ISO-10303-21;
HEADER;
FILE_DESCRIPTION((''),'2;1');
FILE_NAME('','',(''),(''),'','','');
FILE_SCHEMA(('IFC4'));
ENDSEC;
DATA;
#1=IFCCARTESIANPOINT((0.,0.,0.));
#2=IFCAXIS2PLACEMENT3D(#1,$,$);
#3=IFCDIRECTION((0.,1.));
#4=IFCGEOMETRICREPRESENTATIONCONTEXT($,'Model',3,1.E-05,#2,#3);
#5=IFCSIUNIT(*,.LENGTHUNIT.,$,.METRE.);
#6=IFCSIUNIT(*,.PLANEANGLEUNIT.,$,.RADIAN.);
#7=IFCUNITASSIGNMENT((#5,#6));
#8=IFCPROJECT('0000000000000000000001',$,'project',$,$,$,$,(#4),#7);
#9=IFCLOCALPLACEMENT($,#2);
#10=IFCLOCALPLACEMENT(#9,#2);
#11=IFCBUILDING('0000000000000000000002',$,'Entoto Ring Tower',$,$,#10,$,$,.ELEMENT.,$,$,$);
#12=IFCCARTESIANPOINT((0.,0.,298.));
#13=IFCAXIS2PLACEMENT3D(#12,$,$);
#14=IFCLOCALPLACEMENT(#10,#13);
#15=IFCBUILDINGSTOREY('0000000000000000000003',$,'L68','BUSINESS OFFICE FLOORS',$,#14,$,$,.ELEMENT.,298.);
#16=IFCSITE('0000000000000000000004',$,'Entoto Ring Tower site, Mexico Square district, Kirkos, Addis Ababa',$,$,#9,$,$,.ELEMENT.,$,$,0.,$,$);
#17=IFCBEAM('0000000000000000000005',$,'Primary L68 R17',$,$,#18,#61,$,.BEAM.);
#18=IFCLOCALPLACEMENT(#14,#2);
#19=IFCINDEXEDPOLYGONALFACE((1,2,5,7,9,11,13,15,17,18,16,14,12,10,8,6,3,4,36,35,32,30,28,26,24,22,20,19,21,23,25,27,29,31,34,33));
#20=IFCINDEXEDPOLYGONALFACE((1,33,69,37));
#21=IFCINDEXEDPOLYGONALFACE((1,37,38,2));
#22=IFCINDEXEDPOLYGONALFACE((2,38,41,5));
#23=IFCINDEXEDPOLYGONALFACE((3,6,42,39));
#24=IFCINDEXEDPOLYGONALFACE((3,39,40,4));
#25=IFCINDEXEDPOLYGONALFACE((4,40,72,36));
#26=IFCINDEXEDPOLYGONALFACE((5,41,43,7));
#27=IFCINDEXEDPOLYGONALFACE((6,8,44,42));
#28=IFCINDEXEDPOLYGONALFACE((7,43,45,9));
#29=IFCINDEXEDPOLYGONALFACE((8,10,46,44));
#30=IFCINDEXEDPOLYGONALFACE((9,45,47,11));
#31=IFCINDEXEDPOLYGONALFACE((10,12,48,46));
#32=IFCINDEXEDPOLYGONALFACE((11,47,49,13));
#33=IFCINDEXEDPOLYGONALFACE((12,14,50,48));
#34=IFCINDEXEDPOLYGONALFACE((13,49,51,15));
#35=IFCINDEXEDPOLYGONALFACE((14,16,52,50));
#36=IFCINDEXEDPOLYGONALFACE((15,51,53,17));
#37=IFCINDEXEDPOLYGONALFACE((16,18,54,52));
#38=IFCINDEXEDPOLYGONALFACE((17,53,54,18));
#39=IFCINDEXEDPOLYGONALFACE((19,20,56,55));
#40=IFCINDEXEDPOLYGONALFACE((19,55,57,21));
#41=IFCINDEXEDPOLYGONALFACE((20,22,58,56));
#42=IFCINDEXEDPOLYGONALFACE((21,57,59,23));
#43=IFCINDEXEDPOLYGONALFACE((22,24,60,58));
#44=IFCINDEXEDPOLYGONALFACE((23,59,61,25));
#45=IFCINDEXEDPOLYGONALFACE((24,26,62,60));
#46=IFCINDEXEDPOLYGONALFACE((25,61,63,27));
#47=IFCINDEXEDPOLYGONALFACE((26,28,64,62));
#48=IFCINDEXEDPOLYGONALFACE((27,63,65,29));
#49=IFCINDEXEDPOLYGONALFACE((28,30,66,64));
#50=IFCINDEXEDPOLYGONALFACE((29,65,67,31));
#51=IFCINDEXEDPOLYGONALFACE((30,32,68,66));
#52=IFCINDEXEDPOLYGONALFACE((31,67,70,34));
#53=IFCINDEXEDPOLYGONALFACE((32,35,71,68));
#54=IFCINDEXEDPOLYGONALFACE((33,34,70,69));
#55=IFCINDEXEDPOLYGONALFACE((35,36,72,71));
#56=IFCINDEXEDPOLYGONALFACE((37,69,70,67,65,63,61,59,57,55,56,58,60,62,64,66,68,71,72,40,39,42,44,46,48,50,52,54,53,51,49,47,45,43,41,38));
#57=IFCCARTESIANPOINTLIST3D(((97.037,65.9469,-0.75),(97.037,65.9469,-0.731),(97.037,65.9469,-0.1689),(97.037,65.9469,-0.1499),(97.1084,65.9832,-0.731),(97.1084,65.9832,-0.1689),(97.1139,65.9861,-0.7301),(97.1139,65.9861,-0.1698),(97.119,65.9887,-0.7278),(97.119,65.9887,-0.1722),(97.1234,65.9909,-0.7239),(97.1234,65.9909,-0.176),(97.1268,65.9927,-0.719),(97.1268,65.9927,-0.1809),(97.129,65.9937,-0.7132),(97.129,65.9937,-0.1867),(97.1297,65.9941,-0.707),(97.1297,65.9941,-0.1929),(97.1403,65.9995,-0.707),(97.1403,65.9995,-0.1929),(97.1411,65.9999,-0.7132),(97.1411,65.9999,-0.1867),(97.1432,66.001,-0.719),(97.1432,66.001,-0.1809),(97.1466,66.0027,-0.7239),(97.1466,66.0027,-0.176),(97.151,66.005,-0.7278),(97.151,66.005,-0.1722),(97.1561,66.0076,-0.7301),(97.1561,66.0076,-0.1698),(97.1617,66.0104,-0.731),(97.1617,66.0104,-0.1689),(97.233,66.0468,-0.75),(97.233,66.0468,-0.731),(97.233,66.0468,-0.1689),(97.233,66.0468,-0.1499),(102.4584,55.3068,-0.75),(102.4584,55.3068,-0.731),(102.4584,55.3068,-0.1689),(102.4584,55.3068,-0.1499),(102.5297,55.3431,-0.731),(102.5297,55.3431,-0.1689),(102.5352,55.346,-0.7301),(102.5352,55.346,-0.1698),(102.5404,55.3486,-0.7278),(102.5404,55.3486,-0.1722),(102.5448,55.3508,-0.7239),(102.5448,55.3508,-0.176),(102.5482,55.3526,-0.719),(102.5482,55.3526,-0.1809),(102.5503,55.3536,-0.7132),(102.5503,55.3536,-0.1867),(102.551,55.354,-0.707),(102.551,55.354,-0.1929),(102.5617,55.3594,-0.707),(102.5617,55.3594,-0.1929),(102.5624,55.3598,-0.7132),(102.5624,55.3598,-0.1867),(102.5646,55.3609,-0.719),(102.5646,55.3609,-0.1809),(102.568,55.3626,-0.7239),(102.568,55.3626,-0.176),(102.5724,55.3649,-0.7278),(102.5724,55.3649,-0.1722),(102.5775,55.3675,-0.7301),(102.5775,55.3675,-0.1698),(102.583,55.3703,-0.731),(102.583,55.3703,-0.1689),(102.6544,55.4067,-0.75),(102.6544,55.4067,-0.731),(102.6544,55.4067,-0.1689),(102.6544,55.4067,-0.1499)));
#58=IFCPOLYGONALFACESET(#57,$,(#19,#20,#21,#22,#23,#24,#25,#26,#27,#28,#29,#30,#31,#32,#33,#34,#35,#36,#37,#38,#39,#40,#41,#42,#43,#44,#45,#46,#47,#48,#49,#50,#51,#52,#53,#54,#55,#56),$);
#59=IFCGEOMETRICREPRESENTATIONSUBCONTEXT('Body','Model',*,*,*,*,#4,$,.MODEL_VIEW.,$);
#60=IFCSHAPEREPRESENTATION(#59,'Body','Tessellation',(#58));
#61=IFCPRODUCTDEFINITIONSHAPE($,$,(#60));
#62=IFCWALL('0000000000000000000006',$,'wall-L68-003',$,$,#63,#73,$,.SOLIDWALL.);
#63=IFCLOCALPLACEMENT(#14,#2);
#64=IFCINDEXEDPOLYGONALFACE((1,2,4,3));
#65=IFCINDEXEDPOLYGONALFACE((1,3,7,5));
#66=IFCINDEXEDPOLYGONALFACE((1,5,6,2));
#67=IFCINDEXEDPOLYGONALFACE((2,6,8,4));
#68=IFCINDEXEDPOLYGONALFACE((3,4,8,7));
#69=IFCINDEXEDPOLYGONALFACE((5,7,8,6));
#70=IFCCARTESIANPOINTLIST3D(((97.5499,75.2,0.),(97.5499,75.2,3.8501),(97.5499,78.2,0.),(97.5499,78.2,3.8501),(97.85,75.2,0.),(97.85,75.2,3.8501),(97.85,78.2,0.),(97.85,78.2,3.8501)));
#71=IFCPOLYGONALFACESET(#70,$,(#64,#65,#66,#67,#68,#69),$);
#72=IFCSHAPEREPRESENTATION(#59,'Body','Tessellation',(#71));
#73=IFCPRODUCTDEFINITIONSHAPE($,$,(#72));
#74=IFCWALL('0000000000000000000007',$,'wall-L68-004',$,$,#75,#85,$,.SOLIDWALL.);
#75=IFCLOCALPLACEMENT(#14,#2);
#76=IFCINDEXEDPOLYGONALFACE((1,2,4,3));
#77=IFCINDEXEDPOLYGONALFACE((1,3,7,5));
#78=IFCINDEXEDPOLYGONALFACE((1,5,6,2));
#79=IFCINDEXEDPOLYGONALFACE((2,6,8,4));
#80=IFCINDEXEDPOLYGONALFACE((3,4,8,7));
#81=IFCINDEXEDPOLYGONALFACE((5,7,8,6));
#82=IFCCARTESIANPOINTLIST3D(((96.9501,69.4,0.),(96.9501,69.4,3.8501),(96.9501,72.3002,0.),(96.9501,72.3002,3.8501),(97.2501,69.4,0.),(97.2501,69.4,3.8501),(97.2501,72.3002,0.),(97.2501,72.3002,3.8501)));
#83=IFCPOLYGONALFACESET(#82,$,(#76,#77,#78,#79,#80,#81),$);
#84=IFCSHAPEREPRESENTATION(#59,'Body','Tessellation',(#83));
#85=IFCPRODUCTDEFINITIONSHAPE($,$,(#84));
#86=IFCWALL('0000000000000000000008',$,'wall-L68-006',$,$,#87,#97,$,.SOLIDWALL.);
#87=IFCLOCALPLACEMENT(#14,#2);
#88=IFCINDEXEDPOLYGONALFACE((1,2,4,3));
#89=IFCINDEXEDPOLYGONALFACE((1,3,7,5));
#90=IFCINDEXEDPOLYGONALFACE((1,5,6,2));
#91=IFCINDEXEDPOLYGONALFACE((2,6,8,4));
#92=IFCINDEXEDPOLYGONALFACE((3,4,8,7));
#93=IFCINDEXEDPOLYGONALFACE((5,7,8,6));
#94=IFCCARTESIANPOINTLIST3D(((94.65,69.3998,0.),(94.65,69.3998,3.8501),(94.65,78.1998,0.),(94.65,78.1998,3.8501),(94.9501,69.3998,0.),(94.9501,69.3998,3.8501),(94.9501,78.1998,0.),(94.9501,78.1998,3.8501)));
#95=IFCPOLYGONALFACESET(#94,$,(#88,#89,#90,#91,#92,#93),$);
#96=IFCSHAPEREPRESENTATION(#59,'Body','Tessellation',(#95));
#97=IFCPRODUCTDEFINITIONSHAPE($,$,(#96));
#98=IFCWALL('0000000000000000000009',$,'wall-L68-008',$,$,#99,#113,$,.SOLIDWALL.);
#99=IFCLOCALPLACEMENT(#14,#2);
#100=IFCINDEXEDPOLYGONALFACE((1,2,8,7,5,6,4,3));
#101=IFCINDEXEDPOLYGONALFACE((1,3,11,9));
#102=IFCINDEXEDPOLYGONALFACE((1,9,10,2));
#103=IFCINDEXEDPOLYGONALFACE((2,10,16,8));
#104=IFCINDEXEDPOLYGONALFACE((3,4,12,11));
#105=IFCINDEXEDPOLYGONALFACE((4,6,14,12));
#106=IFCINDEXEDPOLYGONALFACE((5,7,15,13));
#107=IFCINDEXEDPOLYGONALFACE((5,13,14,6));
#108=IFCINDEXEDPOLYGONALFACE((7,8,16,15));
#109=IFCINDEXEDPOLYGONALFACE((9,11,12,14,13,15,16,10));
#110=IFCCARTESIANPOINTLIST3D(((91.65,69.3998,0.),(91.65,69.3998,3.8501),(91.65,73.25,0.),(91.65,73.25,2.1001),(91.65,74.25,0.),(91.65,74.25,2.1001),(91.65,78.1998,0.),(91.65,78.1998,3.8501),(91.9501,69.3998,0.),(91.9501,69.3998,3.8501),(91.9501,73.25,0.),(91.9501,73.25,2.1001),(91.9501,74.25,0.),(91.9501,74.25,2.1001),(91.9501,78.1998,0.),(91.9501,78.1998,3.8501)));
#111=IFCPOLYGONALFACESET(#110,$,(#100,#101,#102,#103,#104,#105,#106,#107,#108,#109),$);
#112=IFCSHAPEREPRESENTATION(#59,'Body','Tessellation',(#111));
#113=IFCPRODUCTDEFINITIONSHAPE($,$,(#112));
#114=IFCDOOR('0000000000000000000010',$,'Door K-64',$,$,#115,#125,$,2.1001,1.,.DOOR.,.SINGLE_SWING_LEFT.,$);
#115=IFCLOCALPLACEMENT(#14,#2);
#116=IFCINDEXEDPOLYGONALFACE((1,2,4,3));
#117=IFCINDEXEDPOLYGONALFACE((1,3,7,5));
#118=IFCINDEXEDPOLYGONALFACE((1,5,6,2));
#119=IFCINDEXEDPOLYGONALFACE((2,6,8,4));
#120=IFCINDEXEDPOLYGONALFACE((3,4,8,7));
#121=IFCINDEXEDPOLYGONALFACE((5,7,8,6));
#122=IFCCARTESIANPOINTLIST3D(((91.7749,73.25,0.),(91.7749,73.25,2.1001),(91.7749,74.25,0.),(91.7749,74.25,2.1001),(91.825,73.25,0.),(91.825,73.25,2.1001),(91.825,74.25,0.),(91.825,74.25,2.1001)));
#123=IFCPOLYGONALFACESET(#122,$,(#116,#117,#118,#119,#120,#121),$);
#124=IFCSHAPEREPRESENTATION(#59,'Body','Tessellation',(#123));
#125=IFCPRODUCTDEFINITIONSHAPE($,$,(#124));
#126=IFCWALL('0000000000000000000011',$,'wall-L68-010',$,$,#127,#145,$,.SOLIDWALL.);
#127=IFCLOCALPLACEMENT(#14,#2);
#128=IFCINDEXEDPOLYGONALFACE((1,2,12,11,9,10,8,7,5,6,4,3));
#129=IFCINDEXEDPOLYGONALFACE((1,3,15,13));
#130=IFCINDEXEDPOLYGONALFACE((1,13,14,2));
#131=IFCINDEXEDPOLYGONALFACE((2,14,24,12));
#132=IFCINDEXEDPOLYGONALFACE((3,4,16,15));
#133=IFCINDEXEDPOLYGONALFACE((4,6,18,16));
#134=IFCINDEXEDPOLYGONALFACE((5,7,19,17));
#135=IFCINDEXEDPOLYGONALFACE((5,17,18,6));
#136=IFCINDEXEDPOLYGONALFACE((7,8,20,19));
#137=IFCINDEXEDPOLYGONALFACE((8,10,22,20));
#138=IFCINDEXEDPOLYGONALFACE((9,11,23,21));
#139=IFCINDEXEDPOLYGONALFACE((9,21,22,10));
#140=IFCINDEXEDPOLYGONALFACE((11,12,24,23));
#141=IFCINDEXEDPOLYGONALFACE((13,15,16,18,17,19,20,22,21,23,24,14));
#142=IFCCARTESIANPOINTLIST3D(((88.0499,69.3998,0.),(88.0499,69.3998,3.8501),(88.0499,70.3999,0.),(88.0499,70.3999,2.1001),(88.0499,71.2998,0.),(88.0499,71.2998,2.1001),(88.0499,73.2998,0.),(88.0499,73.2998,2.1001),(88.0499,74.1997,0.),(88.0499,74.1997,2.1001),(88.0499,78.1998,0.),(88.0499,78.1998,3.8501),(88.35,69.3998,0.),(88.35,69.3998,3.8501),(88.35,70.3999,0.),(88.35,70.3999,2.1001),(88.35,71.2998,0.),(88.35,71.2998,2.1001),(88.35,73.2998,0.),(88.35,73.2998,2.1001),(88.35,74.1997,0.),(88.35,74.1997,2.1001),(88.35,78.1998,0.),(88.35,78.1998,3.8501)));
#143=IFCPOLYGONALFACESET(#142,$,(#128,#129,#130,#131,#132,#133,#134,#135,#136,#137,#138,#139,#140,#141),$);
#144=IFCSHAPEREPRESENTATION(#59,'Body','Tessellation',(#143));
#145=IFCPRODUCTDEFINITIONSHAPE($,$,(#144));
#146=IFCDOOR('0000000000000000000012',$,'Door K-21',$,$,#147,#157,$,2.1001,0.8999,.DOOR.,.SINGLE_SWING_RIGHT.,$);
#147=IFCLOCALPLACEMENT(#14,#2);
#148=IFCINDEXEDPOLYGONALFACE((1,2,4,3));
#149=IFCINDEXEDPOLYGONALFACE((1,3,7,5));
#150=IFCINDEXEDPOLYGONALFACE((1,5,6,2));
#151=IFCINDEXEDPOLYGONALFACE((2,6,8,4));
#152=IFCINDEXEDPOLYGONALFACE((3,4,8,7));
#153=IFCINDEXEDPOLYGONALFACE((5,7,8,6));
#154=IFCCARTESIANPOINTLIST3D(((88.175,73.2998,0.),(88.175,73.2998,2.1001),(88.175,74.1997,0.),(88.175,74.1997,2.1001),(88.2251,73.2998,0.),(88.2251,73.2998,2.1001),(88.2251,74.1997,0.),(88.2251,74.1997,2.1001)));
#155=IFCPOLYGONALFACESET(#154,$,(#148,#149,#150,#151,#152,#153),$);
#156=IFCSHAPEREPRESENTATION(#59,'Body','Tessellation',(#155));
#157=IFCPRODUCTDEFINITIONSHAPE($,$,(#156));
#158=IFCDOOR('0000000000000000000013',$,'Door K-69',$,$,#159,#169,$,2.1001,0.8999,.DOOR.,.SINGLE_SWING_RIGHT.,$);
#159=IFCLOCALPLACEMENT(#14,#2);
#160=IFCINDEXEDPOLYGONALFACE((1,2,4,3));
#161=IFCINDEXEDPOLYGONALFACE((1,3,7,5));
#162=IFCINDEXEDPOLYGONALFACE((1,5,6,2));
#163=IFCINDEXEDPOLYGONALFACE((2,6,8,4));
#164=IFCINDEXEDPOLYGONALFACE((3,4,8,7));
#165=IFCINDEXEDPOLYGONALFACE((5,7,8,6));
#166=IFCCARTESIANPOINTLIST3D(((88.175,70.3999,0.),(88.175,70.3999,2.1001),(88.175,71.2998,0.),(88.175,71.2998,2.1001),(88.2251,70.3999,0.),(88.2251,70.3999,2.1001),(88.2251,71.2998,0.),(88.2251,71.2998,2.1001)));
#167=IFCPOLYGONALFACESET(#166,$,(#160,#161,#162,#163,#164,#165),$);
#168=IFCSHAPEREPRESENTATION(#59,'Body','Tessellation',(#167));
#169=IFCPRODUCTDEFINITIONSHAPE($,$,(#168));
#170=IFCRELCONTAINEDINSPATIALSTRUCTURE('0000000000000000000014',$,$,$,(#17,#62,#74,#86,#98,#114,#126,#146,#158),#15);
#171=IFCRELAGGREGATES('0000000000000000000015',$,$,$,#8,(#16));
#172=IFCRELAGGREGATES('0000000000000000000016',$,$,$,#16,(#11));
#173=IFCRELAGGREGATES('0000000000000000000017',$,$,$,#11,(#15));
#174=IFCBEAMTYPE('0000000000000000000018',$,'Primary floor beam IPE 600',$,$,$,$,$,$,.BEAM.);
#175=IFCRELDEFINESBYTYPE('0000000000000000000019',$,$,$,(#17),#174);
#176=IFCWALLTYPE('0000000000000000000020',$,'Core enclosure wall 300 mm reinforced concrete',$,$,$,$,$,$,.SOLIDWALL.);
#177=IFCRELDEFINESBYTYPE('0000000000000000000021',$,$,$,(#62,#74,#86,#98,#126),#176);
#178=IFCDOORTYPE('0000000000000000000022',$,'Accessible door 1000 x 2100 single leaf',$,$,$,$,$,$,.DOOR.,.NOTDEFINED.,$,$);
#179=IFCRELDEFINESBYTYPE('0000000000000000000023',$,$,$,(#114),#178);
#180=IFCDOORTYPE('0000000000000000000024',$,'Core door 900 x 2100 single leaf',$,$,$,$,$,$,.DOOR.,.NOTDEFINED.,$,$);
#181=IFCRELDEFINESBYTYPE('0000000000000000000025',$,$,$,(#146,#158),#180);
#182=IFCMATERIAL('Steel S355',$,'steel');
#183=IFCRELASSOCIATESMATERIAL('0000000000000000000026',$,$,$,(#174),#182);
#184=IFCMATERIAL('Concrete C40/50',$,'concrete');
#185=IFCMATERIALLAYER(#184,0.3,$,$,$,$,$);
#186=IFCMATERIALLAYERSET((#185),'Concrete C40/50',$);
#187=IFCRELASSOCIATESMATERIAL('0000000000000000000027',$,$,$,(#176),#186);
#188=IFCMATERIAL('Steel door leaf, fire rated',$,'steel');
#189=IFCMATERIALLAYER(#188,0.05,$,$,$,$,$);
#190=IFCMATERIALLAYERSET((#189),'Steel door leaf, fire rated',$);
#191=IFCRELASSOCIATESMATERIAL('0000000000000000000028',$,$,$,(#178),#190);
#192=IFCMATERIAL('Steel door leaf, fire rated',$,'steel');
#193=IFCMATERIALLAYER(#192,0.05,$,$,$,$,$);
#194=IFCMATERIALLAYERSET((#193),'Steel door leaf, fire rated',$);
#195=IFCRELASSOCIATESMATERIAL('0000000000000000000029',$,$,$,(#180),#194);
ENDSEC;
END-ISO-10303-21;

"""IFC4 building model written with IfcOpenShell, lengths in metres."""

from ifc_helpers import new_model, si_unit, direction, frame, frame_2d, origin, origin_2d, place, context, subcontext, project, spatial, rectangle, i_section, extrude, material, layer, layer_set, material_profile, profile_set, type_object, element, fill, save


model = new_model("IFC4")

# Units and contexts
model_context = context("Model", 3, precision=1e-05, world=origin(), true_north=direction((0.0, 1.0)))
body_context = subcontext(model_context, "Body", "Model", "MODEL_VIEW")
ifc_project = project(units=[si_unit("LENGTHUNIT", "METRE"), si_unit("PLANEANGLEUNIT", "RADIAN")], contexts=[model_context])

# Site, building, storey
site_placement = place(None, origin())
site = spatial("IfcSite", under=ifc_project, at=site_placement, Name="Entoto Ring Tower site, Mexico Square district, Kirkos, Addis Ababa", CompositionType="ELEMENT", RefElevation=0.0)
building_placement = place(site_placement, origin())
building = spatial("IfcBuilding", under=site, at=building_placement, Name="Entoto Ring Tower", CompositionType="ELEMENT")
storey_placement = place(building_placement, frame((0.0, 0.0, 298.0)))
storey = spatial("IfcBuildingStorey", under=building, at=storey_placement, Name="L68", Description="BUSINESS OFFICE FLOORS", CompositionType="ELEMENT", Elevation=298.0)

# Beam
ifc_material_1 = material(Name="Steel S355", Category="steel")
ifc_material_profile = material_profile(ifc_material_1, i_section(OverallWidth=0.22, OverallDepth=0.6001, WebThickness=0.012, FlangeThickness=0.019, FilletRadius=0.0239, at=origin_2d()), Name="IPE 600")
ifc_profile_set = profile_set([ifc_material_profile], Name="Steel S355")
beam_type = type_object("IfcBeamType", Name="Primary floor beam IPE 600", PredefinedType="BEAM", material=ifc_profile_set)
beam_placement = place(storey_placement, frame((97.135, 65.9968, -0.45), z_axis=(0.453988, -0.891008, 0.0), x_axis=(0.891008, 0.453988, 0.0)))
element("IfcBeam", 1, at=beam_placement, inside=storey, type_object=beam_type, Name="Primary L68 R17", PredefinedType="BEAM", context=body_context, shape_type="SweptSolid", body=[
    extrude(i_section(OverallWidth=0.22, OverallDepth=0.6001, WebThickness=0.012, FlangeThickness=0.019, FilletRadius=0.0239, at=origin_2d()), origin(), (0.0, 0.0, 1.0), 11.9417),
])

# Walls
ifc_material_2 = material(Name="Concrete C40/50", Category="concrete")
ifc_layer_1 = layer(ifc_material_2, 0.3)
ifc_layer_set_1 = layer_set([ifc_layer_1], Name="Concrete C40/50")
wall_type_1 = type_object("IfcWallType", Name="Core enclosure wall 300 mm reinforced concrete", PredefinedType="SOLIDWALL", material=ifc_layer_set_1)
wall_1_placement = place(storey_placement, frame((97.7, 75.2, 0.0), z_axis=(0.0, 0.0, 1.0), x_axis=(0.0, 1.0, 0.0)))
element("IfcWall", 2, at=wall_1_placement, inside=storey, type_object=wall_type_1, Name="wall-L68-003", PredefinedType="SOLIDWALL", context=body_context, shape_type="SweptSolid", body=[
    extrude(rectangle(XDim=3.0, YDim=0.3, at=frame_2d((1.5, 0.0))), origin(), (0.0, 0.0, 1.0), 3.8501),
])
wall_2_placement = place(storey_placement, frame((97.1001, 69.3999, 0.0), z_axis=(0.0, 0.0, 1.0), x_axis=(0.0, 1.0, 0.0)))
element("IfcWall", 3, at=wall_2_placement, inside=storey, type_object=wall_type_1, Name="wall-L68-004", PredefinedType="SOLIDWALL", context=body_context, shape_type="SweptSolid", body=[
    extrude(rectangle(XDim=2.9001, YDim=0.3, at=frame_2d((1.4502, 0.0))), origin(), (0.0, 0.0, 1.0), 3.8501),
])
wall_3_placement = place(storey_placement, frame((94.8, 69.3999, 0.0), z_axis=(0.0, 0.0, 1.0), x_axis=(0.0, 1.0, 0.0)))
element("IfcWall", 4, at=wall_3_placement, inside=storey, type_object=wall_type_1, Name="wall-L68-006", PredefinedType="SOLIDWALL", context=body_context, shape_type="SweptSolid", body=[
    extrude(rectangle(XDim=8.8, YDim=0.3, at=frame_2d((4.3999, 0.0))), origin(), (0.0, 0.0, 1.0), 3.8501),
])

# Wall, opening, door
wall_4_placement = place(storey_placement, frame((91.8, 69.3999, 0.0), z_axis=(0.0, 0.0, 1.0), x_axis=(0.0, 1.0, 0.0)))
wall_4 = element("IfcWall", 5, at=wall_4_placement, inside=storey, type_object=wall_type_1, Name="wall-L68-008", PredefinedType="SOLIDWALL", context=body_context, shape_type="SweptSolid", body=[
    extrude(rectangle(XDim=8.8, YDim=0.3, at=frame_2d((4.3999, 0.0))), origin(), (0.0, 0.0, 1.0), 3.8501),
])
opening_1_placement = place(wall_4_placement, frame((3.8501, 0.0, 0.0)))
opening_1 = element("IfcOpeningElement", 6, at=opening_1_placement, cuts=wall_4, PredefinedType="OPENING", context=body_context, shape_type="SweptSolid", body=[
    extrude(rectangle(XDim=1.0, YDim=2.1001, at=frame_2d((0.5, 1.05))), frame((0.0, 0.1602, 0.0), z_axis=(0.0, -1.0, 0.0), x_axis=(1.0, 0.0, 0.0)), (0.0, 0.0, 1.0), 0.3201),
])
ifc_material_3 = material(Name="Steel door leaf, fire rated", Category="steel")
ifc_layer_2 = layer(ifc_material_3, 0.05)
ifc_layer_set_2 = layer_set([ifc_layer_2], Name="Steel door leaf, fire rated")
door_type_1 = type_object("IfcDoorType", Name="Accessible door 1000 x 2100 single leaf", OperationType="NOTDEFINED", PredefinedType="DOOR", material=ifc_layer_set_2)
door_1_placement = place(opening_1_placement, frame((1.0, 0.0, 0.0), z_axis=(0.0, 0.0, 1.0), x_axis=(-1.0, 0.0, 0.0)))
door_1 = element("IfcDoor", 7, at=door_1_placement, inside=storey, type_object=door_type_1, Name="Door K-64", OperationType="SINGLE_SWING_LEFT", OverallHeight=2.1001, OverallWidth=1.0, PredefinedType="DOOR", context=body_context, shape_type="SweptSolid", body=[
    extrude(rectangle(XDim=1.0, YDim=2.1001, at=frame_2d((0.5, 1.05))), frame((0.0, 0.0249, 0.0), z_axis=(0.0, -1.0, 0.0), x_axis=(1.0, 0.0, 0.0)), (0.0, 0.0, 1.0), 0.05),
])
fill(opening_1, door_1)

# Wall, openings, doors
wall_5_placement = place(storey_placement, frame((88.2, 69.3999, 0.0), z_axis=(0.0, 0.0, 1.0), x_axis=(0.0, 1.0, 0.0)))
wall_5 = element("IfcWall", 8, at=wall_5_placement, inside=storey, type_object=wall_type_1, Name="wall-L68-010", PredefinedType="SOLIDWALL", context=body_context, shape_type="SweptSolid", body=[
    extrude(rectangle(XDim=8.8, YDim=0.3, at=frame_2d((4.3999, 0.0))), origin(), (0.0, 0.0, 1.0), 3.8501),
])
opening_2_placement = place(wall_5_placement, frame((3.8999, 0.0, 0.0)))
opening_2 = element("IfcOpeningElement", 9, at=opening_2_placement, cuts=wall_5, PredefinedType="OPENING", context=body_context, shape_type="SweptSolid", body=[
    extrude(rectangle(XDim=0.8999, YDim=2.1001, at=frame_2d((0.45, 1.05))), frame((0.0, 0.1602, 0.0), z_axis=(0.0, -1.0, 0.0), x_axis=(1.0, 0.0, 0.0)), (0.0, 0.0, 1.0), 0.3201),
])
opening_3_placement = place(wall_5_placement, frame((1.0, 0.0, 0.0)))
opening_3 = element("IfcOpeningElement", 10, at=opening_3_placement, cuts=wall_5, PredefinedType="OPENING", context=body_context, shape_type="SweptSolid", body=[
    extrude(rectangle(XDim=0.8999, YDim=2.1001, at=frame_2d((0.45, 1.05))), frame((0.0, 0.1602, 0.0), z_axis=(0.0, -1.0, 0.0), x_axis=(1.0, 0.0, 0.0)), (0.0, 0.0, 1.0), 0.3201),
])
ifc_material_4 = material(Name="Steel door leaf, fire rated", Category="steel")
ifc_layer_3 = layer(ifc_material_4, 0.05)
ifc_layer_set_3 = layer_set([ifc_layer_3], Name="Steel door leaf, fire rated")
door_type_2 = type_object("IfcDoorType", Name="Core door 900 x 2100 single leaf", OperationType="NOTDEFINED", PredefinedType="DOOR", material=ifc_layer_set_3)
door_2_placement = place(opening_2_placement, origin())
door_2 = element("IfcDoor", 11, at=door_2_placement, inside=storey, type_object=door_type_2, Name="Door K-21", OperationType="SINGLE_SWING_RIGHT", OverallHeight=2.1001, OverallWidth=0.8999, PredefinedType="DOOR", context=body_context, shape_type="SweptSolid", body=[
    extrude(rectangle(XDim=0.8999, YDim=2.1001, at=frame_2d((0.45, 1.05))), frame((0.0, 0.0249, 0.0), z_axis=(0.0, -1.0, 0.0), x_axis=(1.0, 0.0, 0.0)), (0.0, 0.0, 1.0), 0.05),
])
fill(opening_2, door_2)
door_3_placement = place(opening_3_placement, origin())
door_3 = element("IfcDoor", 12, at=door_3_placement, inside=storey, type_object=door_type_2, Name="Door K-69", OperationType="SINGLE_SWING_RIGHT", OverallHeight=2.1001, OverallWidth=0.8999, PredefinedType="DOOR", context=body_context, shape_type="SweptSolid", body=[
    extrude(rectangle(XDim=0.8999, YDim=2.1001, at=frame_2d((0.45, 1.05))), frame((0.0, 0.0249, 0.0), z_axis=(0.0, -1.0, 0.0), x_axis=(1.0, 0.0, 0.0)), (0.0, 0.0, 1.0), 0.05),
])
fill(opening_3, door_3)

save(model, "model.ifc")
